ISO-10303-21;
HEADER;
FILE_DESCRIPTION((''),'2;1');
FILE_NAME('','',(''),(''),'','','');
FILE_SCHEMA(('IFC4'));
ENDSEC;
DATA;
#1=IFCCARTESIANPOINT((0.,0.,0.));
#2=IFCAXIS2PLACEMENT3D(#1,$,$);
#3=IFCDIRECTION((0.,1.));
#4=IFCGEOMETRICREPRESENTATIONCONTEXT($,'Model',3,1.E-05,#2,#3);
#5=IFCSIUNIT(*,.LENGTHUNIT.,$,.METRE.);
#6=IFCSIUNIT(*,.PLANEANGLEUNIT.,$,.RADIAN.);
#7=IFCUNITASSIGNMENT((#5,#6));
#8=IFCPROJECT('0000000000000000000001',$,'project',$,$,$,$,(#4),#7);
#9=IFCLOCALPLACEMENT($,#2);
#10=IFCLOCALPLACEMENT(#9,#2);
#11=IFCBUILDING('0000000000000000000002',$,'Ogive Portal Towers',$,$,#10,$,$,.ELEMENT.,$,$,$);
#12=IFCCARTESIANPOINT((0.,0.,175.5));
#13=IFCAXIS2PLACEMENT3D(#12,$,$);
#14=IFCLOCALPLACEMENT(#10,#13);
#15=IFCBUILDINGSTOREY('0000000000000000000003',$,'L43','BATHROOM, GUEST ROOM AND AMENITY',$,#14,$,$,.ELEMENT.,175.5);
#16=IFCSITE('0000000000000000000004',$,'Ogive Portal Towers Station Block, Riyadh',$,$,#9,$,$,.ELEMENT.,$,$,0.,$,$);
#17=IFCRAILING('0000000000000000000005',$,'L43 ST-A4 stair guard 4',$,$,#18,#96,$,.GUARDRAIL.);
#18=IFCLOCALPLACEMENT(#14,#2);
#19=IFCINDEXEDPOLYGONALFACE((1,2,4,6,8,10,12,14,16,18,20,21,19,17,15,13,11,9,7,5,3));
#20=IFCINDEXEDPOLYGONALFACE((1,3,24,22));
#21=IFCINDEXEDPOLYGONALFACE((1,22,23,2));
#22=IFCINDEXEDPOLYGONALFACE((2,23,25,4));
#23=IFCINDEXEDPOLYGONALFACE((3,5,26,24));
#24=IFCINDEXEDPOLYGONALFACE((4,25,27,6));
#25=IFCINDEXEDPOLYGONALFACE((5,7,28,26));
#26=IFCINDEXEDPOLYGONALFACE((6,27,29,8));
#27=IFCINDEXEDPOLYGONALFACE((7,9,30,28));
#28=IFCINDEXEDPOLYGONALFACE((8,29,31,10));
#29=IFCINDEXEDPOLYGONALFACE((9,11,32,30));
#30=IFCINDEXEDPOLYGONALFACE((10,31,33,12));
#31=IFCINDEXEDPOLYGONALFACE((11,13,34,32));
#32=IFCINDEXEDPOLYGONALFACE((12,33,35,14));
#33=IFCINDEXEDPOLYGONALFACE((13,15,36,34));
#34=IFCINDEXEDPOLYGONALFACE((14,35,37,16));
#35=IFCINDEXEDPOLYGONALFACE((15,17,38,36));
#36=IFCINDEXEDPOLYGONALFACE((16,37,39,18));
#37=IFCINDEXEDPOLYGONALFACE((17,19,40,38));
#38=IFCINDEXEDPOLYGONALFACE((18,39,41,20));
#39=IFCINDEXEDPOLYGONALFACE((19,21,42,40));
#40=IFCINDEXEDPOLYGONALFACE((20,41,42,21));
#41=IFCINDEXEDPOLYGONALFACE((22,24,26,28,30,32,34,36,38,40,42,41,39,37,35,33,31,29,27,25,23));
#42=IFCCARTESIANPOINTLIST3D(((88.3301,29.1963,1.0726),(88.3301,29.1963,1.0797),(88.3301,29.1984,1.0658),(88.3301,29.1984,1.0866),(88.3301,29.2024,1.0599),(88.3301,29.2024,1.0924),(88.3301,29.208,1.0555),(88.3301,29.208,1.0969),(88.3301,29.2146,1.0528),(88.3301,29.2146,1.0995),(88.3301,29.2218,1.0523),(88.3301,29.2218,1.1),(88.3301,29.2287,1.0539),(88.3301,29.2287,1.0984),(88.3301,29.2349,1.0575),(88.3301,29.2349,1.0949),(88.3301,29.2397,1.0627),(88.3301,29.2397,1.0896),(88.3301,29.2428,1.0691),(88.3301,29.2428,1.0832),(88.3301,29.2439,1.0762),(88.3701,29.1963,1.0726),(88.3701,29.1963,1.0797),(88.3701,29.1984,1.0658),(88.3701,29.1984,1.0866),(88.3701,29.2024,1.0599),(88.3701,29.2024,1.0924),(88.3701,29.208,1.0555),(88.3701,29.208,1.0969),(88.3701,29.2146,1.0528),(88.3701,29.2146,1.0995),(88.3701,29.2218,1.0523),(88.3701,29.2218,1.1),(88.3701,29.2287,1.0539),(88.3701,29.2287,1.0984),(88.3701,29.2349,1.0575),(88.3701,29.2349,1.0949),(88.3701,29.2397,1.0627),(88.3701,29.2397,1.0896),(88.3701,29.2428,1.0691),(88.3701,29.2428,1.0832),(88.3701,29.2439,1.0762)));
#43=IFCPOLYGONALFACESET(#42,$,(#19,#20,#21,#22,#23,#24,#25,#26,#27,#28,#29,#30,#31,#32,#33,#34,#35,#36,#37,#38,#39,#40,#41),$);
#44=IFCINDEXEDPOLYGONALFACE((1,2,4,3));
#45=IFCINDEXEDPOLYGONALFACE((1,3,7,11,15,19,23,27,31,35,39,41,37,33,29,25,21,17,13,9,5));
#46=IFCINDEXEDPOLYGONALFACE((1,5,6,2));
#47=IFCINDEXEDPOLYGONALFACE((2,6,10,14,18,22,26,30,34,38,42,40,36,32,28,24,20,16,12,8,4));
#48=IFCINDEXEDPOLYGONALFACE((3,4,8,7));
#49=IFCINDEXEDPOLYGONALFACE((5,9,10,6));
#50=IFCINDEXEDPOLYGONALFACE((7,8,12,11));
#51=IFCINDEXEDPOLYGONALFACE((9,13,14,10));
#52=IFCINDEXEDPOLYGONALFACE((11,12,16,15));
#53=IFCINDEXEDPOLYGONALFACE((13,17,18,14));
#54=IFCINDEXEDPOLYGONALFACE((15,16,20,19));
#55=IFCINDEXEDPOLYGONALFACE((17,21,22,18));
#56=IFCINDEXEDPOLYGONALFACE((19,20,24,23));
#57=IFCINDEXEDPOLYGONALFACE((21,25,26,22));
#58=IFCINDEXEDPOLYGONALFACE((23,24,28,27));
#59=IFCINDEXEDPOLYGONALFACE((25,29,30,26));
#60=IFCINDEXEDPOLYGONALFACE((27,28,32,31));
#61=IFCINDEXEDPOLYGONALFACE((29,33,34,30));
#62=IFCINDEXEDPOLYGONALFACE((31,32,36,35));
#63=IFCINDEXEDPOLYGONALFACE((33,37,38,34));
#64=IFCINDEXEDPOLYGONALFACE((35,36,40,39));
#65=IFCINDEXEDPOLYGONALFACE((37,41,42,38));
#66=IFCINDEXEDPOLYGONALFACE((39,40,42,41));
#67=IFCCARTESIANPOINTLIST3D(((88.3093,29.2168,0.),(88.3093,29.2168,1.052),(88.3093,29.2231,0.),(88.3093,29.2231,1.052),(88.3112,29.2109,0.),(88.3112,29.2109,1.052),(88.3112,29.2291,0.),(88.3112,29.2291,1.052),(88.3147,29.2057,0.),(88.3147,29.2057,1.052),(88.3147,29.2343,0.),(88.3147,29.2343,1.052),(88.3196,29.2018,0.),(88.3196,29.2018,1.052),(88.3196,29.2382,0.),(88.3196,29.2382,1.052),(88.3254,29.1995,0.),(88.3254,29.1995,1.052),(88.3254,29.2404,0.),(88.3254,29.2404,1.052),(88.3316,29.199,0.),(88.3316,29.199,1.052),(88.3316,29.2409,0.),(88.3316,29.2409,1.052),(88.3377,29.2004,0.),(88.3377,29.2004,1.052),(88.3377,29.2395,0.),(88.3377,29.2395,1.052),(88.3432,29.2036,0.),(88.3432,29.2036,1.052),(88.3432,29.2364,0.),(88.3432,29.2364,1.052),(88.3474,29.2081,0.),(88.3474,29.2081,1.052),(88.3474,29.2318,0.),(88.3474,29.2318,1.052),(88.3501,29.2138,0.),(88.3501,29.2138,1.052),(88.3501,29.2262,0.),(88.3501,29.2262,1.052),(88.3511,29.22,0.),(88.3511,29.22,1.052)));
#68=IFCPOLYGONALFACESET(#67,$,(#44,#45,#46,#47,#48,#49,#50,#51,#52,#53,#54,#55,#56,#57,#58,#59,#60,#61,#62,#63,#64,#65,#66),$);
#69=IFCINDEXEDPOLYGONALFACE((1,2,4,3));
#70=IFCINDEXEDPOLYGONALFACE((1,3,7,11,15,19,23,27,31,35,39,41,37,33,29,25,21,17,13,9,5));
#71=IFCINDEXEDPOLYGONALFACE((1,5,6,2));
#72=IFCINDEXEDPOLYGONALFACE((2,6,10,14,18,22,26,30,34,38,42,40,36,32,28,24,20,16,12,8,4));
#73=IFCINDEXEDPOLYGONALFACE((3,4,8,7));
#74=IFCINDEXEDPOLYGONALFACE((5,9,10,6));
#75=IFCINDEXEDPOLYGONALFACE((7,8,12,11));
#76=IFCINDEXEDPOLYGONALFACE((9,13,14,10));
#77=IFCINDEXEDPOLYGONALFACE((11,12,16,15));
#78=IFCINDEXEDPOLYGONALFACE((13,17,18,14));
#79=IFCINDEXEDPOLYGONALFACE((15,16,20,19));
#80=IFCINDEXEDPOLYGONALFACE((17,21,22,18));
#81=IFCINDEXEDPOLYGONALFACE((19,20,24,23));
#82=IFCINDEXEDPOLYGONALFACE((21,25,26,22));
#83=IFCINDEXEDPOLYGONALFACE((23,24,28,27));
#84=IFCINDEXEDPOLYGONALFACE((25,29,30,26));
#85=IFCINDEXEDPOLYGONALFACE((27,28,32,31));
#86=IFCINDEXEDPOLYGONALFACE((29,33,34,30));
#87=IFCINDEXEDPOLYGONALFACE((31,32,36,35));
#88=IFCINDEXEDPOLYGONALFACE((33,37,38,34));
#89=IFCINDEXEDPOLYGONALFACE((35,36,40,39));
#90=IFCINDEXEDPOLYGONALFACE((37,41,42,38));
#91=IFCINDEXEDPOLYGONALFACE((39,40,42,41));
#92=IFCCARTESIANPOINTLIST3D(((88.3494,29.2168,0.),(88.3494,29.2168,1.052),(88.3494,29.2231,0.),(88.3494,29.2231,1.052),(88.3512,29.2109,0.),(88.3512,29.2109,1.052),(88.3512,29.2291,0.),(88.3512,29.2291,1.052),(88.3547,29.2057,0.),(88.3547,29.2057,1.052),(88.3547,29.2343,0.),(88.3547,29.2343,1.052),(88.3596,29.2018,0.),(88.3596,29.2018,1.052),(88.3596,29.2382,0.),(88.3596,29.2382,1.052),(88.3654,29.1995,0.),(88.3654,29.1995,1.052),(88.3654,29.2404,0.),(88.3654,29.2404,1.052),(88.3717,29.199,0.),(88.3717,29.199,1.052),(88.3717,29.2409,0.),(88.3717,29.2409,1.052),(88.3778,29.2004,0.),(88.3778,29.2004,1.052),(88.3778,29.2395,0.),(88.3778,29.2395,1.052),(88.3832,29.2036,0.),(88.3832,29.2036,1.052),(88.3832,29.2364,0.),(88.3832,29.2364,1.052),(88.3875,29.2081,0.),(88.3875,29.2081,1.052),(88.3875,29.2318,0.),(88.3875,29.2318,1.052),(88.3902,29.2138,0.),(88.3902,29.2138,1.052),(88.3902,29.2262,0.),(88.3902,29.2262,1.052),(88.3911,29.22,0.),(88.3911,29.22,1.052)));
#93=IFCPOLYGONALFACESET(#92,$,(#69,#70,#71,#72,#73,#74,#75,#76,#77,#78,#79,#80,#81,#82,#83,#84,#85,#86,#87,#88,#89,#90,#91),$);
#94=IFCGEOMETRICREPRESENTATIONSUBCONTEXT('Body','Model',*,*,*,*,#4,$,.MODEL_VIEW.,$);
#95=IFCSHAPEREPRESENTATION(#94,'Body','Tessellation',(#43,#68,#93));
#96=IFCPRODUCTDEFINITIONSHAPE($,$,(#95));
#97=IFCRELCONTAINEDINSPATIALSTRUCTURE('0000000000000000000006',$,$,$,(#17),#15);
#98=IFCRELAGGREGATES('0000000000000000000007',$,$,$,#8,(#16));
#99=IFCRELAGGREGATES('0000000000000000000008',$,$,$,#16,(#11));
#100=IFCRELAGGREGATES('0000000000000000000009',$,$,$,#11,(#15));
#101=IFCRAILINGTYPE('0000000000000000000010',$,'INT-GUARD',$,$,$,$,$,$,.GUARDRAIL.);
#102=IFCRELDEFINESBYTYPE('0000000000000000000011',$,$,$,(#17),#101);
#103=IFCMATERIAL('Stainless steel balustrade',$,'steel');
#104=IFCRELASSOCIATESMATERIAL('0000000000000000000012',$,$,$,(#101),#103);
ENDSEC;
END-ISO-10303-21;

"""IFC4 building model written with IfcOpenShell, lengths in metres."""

from ifc_helpers import new_model, si_unit, direction, frame, origin, origin_2d, place, context, subcontext, project, spatial, circle, extrude, material, type_object, element, save


model = new_model("IFC4")

# Units and contexts
model_context = context("Model", 3, precision=1e-05, world=origin(), true_north=direction((0.0, 1.0)))
body_context = subcontext(model_context, "Body", "Model", "MODEL_VIEW")
ifc_project = project(units=[si_unit("LENGTHUNIT", "METRE"), si_unit("PLANEANGLEUNIT", "RADIAN")], contexts=[model_context])

# Site, building, storey
site_placement = place(None, origin())
site = spatial("IfcSite", under=ifc_project, at=site_placement, Name="Ogive Portal Towers Station Block, Riyadh", CompositionType="ELEMENT", RefElevation=0.0)
building_placement = place(site_placement, origin())
building = spatial("IfcBuilding", under=site, at=building_placement, Name="Ogive Portal Towers", CompositionType="ELEMENT")
storey_placement = place(building_placement, frame((0.0, 0.0, 175.5)))
storey = spatial("IfcBuildingStorey", under=building, at=storey_placement, Name="L43", Description="BATHROOM, GUEST ROOM AND AMENITY", CompositionType="ELEMENT", Elevation=175.5)

# Railing
ifc_material_1 = material(Name="Stainless steel balustrade", Category="steel")
railing_type_1 = type_object("IfcRailingType", Name="INT-GUARD", PredefinedType="GUARDRAIL", material=ifc_material_1)
railing_1_placement = place(storey_placement, frame((88.3301, 29.22, 0.0)))
element("IfcRailing", 1, at=railing_1_placement, inside=storey, type_object=railing_type_1, Name="L43 ST-A4 stair guard 4", PredefinedType="GUARDRAIL", context=body_context, shape_type="SweptSolid", body=[
    extrude(circle(Radius=0.0239, at=origin_2d()), frame((0.0, 0.0, 1.0762), z_axis=(1.0, 0.0, 0.0), x_axis=(0.0, 1.0, 0.0)), (0.0, 0.0, 1.0), 0.04),
    extrude(circle(Radius=0.021, at=origin_2d()), origin(), (0.0, 0.0, 1.0), 1.052),
    extrude(circle(Radius=0.021, at=origin_2d()), frame((0.04, 0.0, 0.0)), (0.0, 0.0, 1.0), 1.052),
])

save(model, "model.ifc")
